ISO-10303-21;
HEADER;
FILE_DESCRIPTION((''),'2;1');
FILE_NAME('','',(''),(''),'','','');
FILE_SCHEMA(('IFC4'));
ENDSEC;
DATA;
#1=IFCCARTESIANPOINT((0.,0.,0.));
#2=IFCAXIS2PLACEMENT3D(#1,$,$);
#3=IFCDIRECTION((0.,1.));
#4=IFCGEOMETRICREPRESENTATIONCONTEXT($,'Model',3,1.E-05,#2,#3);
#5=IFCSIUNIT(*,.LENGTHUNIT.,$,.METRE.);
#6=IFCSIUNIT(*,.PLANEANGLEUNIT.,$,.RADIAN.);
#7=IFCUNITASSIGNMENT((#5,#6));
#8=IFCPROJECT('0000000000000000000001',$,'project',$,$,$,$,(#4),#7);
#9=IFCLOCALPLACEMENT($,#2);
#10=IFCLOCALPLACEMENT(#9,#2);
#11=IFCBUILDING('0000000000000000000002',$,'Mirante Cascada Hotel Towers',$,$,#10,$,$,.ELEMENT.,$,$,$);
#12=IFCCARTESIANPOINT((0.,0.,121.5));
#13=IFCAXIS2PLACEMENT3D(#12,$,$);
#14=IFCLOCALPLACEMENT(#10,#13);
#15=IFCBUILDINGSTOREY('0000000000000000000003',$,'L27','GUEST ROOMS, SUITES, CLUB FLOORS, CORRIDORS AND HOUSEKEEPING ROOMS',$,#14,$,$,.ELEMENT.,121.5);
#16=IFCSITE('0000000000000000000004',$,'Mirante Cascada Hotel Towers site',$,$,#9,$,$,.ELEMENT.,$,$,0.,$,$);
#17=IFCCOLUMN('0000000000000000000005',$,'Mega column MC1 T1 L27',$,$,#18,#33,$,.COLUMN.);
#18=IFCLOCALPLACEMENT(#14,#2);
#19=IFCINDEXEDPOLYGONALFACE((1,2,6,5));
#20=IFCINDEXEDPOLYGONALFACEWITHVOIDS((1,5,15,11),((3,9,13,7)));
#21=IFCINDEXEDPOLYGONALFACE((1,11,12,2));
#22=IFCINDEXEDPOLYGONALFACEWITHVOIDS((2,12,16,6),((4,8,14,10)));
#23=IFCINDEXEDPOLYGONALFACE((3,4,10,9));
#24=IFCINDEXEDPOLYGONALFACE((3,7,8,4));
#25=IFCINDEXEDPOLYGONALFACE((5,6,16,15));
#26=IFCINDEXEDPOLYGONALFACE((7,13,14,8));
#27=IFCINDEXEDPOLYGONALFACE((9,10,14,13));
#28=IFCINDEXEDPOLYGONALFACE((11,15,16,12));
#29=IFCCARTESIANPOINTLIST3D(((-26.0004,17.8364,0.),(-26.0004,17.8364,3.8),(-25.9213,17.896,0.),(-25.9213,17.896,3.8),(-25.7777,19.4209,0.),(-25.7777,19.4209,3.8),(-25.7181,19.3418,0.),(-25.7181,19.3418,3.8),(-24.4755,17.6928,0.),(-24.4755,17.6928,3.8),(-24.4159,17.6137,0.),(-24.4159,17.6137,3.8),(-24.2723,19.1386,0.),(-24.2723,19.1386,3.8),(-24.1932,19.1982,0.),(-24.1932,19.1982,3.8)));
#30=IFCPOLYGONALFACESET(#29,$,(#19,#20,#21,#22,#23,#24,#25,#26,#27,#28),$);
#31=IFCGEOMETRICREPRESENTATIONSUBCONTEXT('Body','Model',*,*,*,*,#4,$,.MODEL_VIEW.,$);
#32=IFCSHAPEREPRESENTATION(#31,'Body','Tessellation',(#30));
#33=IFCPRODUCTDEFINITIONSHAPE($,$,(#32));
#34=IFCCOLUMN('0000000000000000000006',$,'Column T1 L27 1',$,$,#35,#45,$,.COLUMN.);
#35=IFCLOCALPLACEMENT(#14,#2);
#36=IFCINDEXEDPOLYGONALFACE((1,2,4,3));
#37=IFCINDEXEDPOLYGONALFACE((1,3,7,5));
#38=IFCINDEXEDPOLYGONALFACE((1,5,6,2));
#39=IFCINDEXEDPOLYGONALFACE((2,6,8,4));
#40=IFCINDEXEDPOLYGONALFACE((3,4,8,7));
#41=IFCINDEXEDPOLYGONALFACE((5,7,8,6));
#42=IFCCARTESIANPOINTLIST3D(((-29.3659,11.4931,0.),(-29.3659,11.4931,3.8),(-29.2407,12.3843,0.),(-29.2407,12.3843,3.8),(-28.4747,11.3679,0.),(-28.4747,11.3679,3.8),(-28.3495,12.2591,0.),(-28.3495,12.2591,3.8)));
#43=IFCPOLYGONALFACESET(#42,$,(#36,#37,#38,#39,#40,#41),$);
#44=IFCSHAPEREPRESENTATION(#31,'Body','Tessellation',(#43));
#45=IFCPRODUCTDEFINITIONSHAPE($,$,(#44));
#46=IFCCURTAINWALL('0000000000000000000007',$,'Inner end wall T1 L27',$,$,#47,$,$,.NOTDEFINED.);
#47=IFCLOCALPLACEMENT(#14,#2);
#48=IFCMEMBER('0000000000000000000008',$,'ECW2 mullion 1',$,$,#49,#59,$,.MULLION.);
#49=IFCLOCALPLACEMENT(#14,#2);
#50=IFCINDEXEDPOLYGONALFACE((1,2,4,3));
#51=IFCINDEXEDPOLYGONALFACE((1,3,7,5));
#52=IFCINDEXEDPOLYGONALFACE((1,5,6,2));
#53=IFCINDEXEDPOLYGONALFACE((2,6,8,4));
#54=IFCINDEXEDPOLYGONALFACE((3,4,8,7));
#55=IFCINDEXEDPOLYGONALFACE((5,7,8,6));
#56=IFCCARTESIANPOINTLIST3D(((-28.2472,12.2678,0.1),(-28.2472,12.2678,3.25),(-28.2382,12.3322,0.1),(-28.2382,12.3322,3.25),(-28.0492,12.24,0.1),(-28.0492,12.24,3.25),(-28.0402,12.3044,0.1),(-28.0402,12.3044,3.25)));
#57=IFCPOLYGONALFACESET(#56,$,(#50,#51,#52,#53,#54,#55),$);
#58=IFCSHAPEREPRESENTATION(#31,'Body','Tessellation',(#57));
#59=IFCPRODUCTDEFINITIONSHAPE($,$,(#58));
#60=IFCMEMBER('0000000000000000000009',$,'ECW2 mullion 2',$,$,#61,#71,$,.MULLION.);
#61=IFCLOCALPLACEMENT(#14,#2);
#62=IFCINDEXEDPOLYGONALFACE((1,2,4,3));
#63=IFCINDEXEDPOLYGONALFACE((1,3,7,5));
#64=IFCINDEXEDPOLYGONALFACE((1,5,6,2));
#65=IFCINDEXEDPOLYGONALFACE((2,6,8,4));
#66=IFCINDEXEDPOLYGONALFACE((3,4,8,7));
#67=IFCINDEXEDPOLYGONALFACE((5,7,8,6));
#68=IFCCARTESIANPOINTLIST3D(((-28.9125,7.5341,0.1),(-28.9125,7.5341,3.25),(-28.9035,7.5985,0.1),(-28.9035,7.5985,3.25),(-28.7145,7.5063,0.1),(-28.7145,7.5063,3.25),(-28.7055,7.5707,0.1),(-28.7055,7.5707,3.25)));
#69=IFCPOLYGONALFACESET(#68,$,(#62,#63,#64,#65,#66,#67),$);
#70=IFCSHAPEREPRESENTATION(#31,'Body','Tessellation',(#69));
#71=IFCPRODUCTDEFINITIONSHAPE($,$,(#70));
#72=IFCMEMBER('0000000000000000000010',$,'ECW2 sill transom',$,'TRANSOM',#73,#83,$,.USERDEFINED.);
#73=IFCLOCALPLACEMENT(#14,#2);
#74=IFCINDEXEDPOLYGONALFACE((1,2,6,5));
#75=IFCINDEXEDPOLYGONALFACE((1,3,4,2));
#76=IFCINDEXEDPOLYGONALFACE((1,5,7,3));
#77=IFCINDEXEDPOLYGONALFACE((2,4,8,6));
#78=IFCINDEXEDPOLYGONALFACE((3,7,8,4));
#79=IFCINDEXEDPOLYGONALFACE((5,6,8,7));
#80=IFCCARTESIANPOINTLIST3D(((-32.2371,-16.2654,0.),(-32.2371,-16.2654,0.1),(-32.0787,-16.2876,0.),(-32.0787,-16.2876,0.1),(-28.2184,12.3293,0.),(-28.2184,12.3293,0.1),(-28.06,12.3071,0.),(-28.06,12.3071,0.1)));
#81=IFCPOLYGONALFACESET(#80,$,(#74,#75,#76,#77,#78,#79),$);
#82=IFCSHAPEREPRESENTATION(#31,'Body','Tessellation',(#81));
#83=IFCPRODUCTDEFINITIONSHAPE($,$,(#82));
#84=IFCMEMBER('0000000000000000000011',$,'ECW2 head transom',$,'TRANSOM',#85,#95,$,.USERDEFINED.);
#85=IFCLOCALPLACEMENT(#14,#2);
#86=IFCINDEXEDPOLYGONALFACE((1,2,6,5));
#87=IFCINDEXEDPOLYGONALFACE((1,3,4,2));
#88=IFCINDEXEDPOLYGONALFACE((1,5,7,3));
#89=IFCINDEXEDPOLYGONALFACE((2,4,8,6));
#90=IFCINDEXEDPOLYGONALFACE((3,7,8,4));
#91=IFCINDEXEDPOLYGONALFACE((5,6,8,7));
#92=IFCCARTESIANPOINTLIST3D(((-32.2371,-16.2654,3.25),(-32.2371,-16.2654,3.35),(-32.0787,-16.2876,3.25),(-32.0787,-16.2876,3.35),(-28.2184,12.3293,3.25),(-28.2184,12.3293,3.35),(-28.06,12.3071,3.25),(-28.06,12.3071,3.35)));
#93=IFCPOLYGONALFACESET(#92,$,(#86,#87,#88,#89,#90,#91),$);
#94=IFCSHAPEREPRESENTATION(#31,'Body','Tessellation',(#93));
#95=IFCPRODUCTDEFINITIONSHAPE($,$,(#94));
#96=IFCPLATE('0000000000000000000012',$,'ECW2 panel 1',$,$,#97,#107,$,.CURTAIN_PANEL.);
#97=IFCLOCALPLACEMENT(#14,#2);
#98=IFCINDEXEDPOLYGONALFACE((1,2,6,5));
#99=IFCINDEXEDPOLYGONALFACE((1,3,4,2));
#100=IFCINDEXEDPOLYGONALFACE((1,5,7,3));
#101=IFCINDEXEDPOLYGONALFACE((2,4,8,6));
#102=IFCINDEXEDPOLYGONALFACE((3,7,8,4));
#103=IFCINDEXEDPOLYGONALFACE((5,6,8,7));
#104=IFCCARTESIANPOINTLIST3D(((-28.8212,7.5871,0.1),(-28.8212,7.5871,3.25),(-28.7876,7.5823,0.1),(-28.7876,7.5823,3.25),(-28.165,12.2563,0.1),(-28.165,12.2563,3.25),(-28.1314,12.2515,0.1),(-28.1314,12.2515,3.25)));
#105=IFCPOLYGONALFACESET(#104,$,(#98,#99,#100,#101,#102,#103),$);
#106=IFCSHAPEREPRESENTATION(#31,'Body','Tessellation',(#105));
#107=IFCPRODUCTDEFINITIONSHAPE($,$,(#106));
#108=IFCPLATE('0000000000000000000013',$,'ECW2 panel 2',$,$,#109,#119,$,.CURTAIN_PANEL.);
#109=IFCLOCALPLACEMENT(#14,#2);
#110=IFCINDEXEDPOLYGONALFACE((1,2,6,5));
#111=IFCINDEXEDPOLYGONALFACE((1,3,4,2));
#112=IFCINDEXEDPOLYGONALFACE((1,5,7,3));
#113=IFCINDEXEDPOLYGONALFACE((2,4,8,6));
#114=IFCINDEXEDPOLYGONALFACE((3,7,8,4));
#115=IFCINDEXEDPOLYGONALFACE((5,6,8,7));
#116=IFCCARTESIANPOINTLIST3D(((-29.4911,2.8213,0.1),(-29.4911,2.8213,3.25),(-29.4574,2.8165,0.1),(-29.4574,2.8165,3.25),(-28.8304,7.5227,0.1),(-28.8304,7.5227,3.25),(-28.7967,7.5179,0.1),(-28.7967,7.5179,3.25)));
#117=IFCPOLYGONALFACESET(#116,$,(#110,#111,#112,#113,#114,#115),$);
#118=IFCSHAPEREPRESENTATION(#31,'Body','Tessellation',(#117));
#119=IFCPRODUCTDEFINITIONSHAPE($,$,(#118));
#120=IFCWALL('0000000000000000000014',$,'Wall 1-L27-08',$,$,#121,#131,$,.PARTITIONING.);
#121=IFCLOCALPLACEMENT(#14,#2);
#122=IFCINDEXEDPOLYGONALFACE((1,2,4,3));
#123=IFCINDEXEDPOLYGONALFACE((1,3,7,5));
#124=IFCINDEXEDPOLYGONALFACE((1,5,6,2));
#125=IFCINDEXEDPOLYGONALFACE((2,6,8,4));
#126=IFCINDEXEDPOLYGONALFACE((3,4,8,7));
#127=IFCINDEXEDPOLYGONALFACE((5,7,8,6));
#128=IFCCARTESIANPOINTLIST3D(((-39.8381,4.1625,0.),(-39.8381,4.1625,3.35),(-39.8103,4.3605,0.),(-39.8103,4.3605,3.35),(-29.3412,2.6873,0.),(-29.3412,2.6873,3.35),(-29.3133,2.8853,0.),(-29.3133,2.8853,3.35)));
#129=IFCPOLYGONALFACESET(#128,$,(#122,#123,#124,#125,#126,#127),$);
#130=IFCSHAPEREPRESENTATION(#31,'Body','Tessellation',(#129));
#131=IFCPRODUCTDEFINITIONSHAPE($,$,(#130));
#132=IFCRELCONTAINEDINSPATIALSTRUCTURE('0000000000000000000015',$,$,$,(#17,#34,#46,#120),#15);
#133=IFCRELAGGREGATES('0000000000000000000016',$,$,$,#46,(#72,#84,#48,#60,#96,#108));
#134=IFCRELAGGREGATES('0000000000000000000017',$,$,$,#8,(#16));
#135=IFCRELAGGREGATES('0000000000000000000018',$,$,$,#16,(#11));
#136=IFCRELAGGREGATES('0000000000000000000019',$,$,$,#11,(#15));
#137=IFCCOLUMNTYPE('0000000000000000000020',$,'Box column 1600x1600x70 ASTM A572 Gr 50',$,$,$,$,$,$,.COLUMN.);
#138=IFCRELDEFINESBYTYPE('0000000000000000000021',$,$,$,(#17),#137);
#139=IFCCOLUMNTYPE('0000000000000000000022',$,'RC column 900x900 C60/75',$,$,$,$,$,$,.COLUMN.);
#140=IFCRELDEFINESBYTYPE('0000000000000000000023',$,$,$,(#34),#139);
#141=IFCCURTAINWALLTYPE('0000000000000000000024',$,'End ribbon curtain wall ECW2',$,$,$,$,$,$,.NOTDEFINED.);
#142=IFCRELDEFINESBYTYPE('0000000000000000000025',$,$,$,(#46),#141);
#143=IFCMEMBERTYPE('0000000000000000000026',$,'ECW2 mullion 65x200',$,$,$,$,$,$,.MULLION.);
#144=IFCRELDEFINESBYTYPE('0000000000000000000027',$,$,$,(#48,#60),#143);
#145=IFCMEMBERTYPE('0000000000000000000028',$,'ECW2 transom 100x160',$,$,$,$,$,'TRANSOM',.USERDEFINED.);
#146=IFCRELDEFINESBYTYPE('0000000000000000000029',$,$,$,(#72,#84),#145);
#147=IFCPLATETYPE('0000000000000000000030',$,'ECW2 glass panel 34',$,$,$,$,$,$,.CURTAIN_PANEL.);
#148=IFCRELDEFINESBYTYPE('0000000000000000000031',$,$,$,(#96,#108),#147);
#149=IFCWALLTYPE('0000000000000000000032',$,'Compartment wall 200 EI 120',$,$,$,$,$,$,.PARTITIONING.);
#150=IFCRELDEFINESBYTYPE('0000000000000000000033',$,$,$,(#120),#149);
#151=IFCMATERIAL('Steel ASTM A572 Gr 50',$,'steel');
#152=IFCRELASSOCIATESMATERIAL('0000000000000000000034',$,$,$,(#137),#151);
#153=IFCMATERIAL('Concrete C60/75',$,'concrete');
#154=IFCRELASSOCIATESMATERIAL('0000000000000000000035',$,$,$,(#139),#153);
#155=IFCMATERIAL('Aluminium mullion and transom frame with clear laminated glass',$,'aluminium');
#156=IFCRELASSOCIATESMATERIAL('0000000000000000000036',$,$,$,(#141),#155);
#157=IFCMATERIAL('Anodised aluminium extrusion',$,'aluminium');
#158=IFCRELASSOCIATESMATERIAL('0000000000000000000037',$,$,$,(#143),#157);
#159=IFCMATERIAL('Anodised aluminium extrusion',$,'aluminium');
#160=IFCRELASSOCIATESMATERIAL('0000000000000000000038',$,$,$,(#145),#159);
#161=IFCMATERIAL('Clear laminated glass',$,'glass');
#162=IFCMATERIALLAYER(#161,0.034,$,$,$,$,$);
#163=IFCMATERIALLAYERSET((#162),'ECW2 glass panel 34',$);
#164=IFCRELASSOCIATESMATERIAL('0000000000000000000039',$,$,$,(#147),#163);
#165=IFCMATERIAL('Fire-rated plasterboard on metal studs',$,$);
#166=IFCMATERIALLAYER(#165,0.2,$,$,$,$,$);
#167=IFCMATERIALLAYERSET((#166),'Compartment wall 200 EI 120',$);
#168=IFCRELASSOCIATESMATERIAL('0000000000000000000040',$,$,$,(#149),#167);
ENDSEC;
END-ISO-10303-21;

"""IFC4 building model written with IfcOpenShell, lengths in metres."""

from ifc_helpers import new_model, si_unit, direction, frame, frame_2d, origin, origin_2d, place, context, subcontext, project, spatial, rectangle, hollow_rectangle, extrude, material, layer, layer_set, material_profile, profile_set, type_object, element, aggregate, save


model = new_model("IFC4")

# Units and contexts
model_context = context("Model", 3, precision=1e-05, world=origin(), true_north=direction((0.0, 1.0)))
body_context = subcontext(model_context, "Body", "Model", "MODEL_VIEW")
ifc_project = project(units=[si_unit("LENGTHUNIT", "METRE"), si_unit("PLANEANGLEUNIT", "RADIAN")], contexts=[model_context])

# Site, building, storey
site_placement = place(None, origin())
site = spatial("IfcSite", under=ifc_project, at=site_placement, Name="Mirante Cascada Hotel Towers site", CompositionType="ELEMENT", RefElevation=0.0)
building_placement = place(site_placement, origin())
building = spatial("IfcBuilding", under=site, at=building_placement, Name="Mirante Cascada Hotel Towers", CompositionType="ELEMENT")
storey_placement = place(building_placement, frame((0.0, 0.0, 121.5)))
storey = spatial("IfcBuildingStorey", under=building, at=storey_placement, Name="L27", Description="GUEST ROOMS, SUITES, CLUB FLOORS, CORRIDORS AND HOUSEKEEPING ROOMS", CompositionType="ELEMENT", Elevation=121.5)

# Columns
ifc_material_1 = material(Name="Steel ASTM A572 Gr 50", Category="steel")
ifc_material_profile_1 = material_profile(ifc_material_1, hollow_rectangle(XDim=1.6, YDim=1.6, WallThickness=0.07, at=origin_2d()), Name="Box column 1600x1600x70 ASTM A572 Gr 50")
ifc_profile_set_1 = profile_set([ifc_material_profile_1], Name="Steel ASTM A572 Gr 50")
column_type_1 = type_object("IfcColumnType", Name="Box column 1600x1600x70 ASTM A572 Gr 50", PredefinedType="COLUMN", material=ifc_profile_set_1)
column_1_placement = place(storey_placement, frame((-25.0968, 18.5173, 0.0), z_axis=(0.0, 0.0, 1.0), x_axis=(-0.990268, 0.139173, 0.0)))
element("IfcColumn", 1, at=column_1_placement, inside=storey, type_object=column_type_1, Name="Mega column MC1 T1 L27", PredefinedType="COLUMN", context=body_context, shape_type="SweptSolid", body=[
    extrude(hollow_rectangle(XDim=1.6, YDim=1.6, WallThickness=0.07, at=origin_2d()), origin(), (0.0, 0.0, 1.0), 3.8),
])
ifc_material_2 = material(Name="Concrete C60/75", Category="concrete")
ifc_material_profile_2 = material_profile(ifc_material_2, rectangle(XDim=0.9, YDim=0.9, at=origin_2d()), Name="RC column 900x900 C60/75")
ifc_profile_set_2 = profile_set([ifc_material_profile_2], Name="Concrete C60/75")
column_type_2 = type_object("IfcColumnType", Name="RC column 900x900 C60/75", PredefinedType="COLUMN", material=ifc_profile_set_2)
column_2_placement = place(storey_placement, frame((-28.8577, 11.8761, 0.0), z_axis=(0.0, 0.0, 1.0), x_axis=(-0.990268, 0.139173, 0.0)))
element("IfcColumn", 2, at=column_2_placement, inside=storey, type_object=column_type_2, Name="Column T1 L27 1", PredefinedType="COLUMN", context=body_context, shape_type="SweptSolid", body=[
    extrude(rectangle(XDim=0.9, YDim=0.9, at=origin_2d()), origin(), (0.0, 0.0, 1.0), 3.8),
])

# Curtain wall, members, plates
ifc_material_3 = material(Name="Aluminium mullion and transom frame with clear laminated glass", Category="aluminium")
curtain_wall_type = type_object("IfcCurtainWallType", Name="End ribbon curtain wall ECW2", PredefinedType="NOTDEFINED", material=ifc_material_3)
curtain_wall_placement = place(storey_placement, origin())
curtain_wall = element("IfcCurtainWall", 3, at=curtain_wall_placement, inside=storey, type_object=curtain_wall_type, Name="Inner end wall T1 L27", PredefinedType="NOTDEFINED")
ifc_material_4 = material(Name="Anodised aluminium extrusion", Category="aluminium")
ifc_material_profile_3 = material_profile(ifc_material_4, rectangle(XDim=0.2, YDim=0.065, at=origin_2d()), Name="ECW2 MULLION 65x200")
ifc_profile_set_3 = profile_set([ifc_material_profile_3], Name="Anodised aluminium extrusion")
member_type_1 = type_object("IfcMemberType", Name="ECW2 mullion 65x200", PredefinedType="MULLION", material=ifc_profile_set_3)
member_1_placement = place(storey_placement, frame((-28.1437, 12.2861, 0.1), z_axis=(0.0, 0.0, 1.0), x_axis=(0.990268, -0.139173, 0.0)))
member_1 = element("IfcMember", 4, at=member_1_placement, type_object=member_type_1, Name="ECW2 mullion 1", PredefinedType="MULLION", context=body_context, shape_type="SweptSolid", body=[
    extrude(rectangle(XDim=0.2, YDim=0.065, at=origin_2d()), origin(), (0.0, 0.0, 1.0), 3.15),
])
member_2_placement = place(storey_placement, frame((-28.809, 7.5524, 0.1), z_axis=(0.0, 0.0, 1.0), x_axis=(0.990268, -0.139173, 0.0)))
member_2 = element("IfcMember", 5, at=member_2_placement, type_object=member_type_1, Name="ECW2 mullion 2", PredefinedType="MULLION", context=body_context, shape_type="SweptSolid", body=[
    extrude(rectangle(XDim=0.2, YDim=0.065, at=origin_2d()), origin(), (0.0, 0.0, 1.0), 3.15),
])
ifc_material_5 = material(Name="Anodised aluminium extrusion", Category="aluminium")
ifc_material_profile_4 = material_profile(ifc_material_5, rectangle(XDim=0.16, YDim=0.1, at=origin_2d()), Name="ECW2 TRANSOM 100x160")
ifc_profile_set_4 = profile_set([ifc_material_profile_4], Name="Anodised aluminium extrusion")
member_type_2 = type_object("IfcMemberType", Name="ECW2 transom 100x160", ElementType="TRANSOM", PredefinedType="USERDEFINED", material=ifc_profile_set_4)
member_3_placement = place(storey_placement, frame((-28.1392, 12.3182, 0.05), z_axis=(-0.139172, -0.990268, 0.0), x_axis=(0.990268, -0.139172, 0.0)))
member_3 = element("IfcMember", 6, at=member_3_placement, type_object=member_type_2, Name="ECW2 sill transom", ObjectType="TRANSOM", PredefinedType="USERDEFINED", context=body_context, shape_type="SweptSolid", body=[
    extrude(rectangle(XDim=0.16, YDim=0.1, at=origin_2d()), origin(), (0.0, 0.0, 1.0), 28.8757),
])
member_4_placement = place(storey_placement, frame((-28.1392, 12.3182, 3.3), z_axis=(-0.139172, -0.990268, 0.0), x_axis=(0.990268, -0.139172, 0.0)))
member_4 = element("IfcMember", 7, at=member_4_placement, type_object=member_type_2, Name="ECW2 head transom", ObjectType="TRANSOM", PredefinedType="USERDEFINED", context=body_context, shape_type="SweptSolid", body=[
    extrude(rectangle(XDim=0.16, YDim=0.1, at=origin_2d()), origin(), (0.0, 0.0, 1.0), 28.8757),
])
ifc_material_6 = material(Name="Clear laminated glass", Category="glass")
ifc_layer_1 = layer(ifc_material_6, 0.034)
ifc_layer_set_1 = layer_set([ifc_layer_1], Name="ECW2 glass panel 34")
plate_type = type_object("IfcPlateType", Name="ECW2 glass panel 34", PredefinedType="CURTAIN_PANEL", material=ifc_layer_set_1)
plate_1_placement = place(storey_placement, frame((-28.4763, 9.9193, 0.1), z_axis=(0.0, 0.0, 1.0), x_axis=(-0.139173, -0.990268, 0.0)))
plate_1 = element("IfcPlate", 8, at=plate_1_placement, type_object=plate_type, Name="ECW2 panel 1", PredefinedType="CURTAIN_PANEL", context=body_context, shape_type="SweptSolid", body=[
    extrude(rectangle(XDim=4.7151, YDim=0.034, at=origin_2d()), origin(), (0.0, 0.0, 1.0), 3.15),
])
plate_2_placement = place(storey_placement, frame((-29.1439, 5.1696, 0.1), z_axis=(0.0, 0.0, 1.0), x_axis=(-0.139173, -0.990268, 0.0)))
plate_2 = element("IfcPlate", 9, at=plate_2_placement, type_object=plate_type, Name="ECW2 panel 2", PredefinedType="CURTAIN_PANEL", context=body_context, shape_type="SweptSolid", body=[
    extrude(rectangle(XDim=4.7476, YDim=0.034, at=origin_2d()), origin(), (0.0, 0.0, 1.0), 3.15),
])
aggregate(curtain_wall, [member_3, member_4, member_1, member_2, plate_1, plate_2])

# Wall
ifc_material_7 = material(Name="Fire-rated plasterboard on metal studs")
ifc_layer_2 = layer(ifc_material_7, 0.2)
ifc_layer_set_2 = layer_set([ifc_layer_2], Name="Compartment wall 200 EI 120")
wall_type_1 = type_object("IfcWallType", Name="Compartment wall 200 EI 120", PredefinedType="PARTITIONING", material=ifc_layer_set_2)
wall_1_placement = place(storey_placement, frame((-29.3273, 2.7863, 0.0), z_axis=(0.0, 0.0, 1.0), x_axis=(-0.990269, 0.139169, 0.0)))
element("IfcWall", 10, at=wall_1_placement, inside=storey, type_object=wall_type_1, Name="Wall 1-L27-08", PredefinedType="PARTITIONING", context=body_context, shape_type="SweptSolid", body=[
    extrude(rectangle(XDim=10.6001, YDim=0.2, at=frame_2d((5.3, 0.0))), origin(), (0.0, 0.0, 1.0), 3.35),
])

save(model, "model.ifc")
